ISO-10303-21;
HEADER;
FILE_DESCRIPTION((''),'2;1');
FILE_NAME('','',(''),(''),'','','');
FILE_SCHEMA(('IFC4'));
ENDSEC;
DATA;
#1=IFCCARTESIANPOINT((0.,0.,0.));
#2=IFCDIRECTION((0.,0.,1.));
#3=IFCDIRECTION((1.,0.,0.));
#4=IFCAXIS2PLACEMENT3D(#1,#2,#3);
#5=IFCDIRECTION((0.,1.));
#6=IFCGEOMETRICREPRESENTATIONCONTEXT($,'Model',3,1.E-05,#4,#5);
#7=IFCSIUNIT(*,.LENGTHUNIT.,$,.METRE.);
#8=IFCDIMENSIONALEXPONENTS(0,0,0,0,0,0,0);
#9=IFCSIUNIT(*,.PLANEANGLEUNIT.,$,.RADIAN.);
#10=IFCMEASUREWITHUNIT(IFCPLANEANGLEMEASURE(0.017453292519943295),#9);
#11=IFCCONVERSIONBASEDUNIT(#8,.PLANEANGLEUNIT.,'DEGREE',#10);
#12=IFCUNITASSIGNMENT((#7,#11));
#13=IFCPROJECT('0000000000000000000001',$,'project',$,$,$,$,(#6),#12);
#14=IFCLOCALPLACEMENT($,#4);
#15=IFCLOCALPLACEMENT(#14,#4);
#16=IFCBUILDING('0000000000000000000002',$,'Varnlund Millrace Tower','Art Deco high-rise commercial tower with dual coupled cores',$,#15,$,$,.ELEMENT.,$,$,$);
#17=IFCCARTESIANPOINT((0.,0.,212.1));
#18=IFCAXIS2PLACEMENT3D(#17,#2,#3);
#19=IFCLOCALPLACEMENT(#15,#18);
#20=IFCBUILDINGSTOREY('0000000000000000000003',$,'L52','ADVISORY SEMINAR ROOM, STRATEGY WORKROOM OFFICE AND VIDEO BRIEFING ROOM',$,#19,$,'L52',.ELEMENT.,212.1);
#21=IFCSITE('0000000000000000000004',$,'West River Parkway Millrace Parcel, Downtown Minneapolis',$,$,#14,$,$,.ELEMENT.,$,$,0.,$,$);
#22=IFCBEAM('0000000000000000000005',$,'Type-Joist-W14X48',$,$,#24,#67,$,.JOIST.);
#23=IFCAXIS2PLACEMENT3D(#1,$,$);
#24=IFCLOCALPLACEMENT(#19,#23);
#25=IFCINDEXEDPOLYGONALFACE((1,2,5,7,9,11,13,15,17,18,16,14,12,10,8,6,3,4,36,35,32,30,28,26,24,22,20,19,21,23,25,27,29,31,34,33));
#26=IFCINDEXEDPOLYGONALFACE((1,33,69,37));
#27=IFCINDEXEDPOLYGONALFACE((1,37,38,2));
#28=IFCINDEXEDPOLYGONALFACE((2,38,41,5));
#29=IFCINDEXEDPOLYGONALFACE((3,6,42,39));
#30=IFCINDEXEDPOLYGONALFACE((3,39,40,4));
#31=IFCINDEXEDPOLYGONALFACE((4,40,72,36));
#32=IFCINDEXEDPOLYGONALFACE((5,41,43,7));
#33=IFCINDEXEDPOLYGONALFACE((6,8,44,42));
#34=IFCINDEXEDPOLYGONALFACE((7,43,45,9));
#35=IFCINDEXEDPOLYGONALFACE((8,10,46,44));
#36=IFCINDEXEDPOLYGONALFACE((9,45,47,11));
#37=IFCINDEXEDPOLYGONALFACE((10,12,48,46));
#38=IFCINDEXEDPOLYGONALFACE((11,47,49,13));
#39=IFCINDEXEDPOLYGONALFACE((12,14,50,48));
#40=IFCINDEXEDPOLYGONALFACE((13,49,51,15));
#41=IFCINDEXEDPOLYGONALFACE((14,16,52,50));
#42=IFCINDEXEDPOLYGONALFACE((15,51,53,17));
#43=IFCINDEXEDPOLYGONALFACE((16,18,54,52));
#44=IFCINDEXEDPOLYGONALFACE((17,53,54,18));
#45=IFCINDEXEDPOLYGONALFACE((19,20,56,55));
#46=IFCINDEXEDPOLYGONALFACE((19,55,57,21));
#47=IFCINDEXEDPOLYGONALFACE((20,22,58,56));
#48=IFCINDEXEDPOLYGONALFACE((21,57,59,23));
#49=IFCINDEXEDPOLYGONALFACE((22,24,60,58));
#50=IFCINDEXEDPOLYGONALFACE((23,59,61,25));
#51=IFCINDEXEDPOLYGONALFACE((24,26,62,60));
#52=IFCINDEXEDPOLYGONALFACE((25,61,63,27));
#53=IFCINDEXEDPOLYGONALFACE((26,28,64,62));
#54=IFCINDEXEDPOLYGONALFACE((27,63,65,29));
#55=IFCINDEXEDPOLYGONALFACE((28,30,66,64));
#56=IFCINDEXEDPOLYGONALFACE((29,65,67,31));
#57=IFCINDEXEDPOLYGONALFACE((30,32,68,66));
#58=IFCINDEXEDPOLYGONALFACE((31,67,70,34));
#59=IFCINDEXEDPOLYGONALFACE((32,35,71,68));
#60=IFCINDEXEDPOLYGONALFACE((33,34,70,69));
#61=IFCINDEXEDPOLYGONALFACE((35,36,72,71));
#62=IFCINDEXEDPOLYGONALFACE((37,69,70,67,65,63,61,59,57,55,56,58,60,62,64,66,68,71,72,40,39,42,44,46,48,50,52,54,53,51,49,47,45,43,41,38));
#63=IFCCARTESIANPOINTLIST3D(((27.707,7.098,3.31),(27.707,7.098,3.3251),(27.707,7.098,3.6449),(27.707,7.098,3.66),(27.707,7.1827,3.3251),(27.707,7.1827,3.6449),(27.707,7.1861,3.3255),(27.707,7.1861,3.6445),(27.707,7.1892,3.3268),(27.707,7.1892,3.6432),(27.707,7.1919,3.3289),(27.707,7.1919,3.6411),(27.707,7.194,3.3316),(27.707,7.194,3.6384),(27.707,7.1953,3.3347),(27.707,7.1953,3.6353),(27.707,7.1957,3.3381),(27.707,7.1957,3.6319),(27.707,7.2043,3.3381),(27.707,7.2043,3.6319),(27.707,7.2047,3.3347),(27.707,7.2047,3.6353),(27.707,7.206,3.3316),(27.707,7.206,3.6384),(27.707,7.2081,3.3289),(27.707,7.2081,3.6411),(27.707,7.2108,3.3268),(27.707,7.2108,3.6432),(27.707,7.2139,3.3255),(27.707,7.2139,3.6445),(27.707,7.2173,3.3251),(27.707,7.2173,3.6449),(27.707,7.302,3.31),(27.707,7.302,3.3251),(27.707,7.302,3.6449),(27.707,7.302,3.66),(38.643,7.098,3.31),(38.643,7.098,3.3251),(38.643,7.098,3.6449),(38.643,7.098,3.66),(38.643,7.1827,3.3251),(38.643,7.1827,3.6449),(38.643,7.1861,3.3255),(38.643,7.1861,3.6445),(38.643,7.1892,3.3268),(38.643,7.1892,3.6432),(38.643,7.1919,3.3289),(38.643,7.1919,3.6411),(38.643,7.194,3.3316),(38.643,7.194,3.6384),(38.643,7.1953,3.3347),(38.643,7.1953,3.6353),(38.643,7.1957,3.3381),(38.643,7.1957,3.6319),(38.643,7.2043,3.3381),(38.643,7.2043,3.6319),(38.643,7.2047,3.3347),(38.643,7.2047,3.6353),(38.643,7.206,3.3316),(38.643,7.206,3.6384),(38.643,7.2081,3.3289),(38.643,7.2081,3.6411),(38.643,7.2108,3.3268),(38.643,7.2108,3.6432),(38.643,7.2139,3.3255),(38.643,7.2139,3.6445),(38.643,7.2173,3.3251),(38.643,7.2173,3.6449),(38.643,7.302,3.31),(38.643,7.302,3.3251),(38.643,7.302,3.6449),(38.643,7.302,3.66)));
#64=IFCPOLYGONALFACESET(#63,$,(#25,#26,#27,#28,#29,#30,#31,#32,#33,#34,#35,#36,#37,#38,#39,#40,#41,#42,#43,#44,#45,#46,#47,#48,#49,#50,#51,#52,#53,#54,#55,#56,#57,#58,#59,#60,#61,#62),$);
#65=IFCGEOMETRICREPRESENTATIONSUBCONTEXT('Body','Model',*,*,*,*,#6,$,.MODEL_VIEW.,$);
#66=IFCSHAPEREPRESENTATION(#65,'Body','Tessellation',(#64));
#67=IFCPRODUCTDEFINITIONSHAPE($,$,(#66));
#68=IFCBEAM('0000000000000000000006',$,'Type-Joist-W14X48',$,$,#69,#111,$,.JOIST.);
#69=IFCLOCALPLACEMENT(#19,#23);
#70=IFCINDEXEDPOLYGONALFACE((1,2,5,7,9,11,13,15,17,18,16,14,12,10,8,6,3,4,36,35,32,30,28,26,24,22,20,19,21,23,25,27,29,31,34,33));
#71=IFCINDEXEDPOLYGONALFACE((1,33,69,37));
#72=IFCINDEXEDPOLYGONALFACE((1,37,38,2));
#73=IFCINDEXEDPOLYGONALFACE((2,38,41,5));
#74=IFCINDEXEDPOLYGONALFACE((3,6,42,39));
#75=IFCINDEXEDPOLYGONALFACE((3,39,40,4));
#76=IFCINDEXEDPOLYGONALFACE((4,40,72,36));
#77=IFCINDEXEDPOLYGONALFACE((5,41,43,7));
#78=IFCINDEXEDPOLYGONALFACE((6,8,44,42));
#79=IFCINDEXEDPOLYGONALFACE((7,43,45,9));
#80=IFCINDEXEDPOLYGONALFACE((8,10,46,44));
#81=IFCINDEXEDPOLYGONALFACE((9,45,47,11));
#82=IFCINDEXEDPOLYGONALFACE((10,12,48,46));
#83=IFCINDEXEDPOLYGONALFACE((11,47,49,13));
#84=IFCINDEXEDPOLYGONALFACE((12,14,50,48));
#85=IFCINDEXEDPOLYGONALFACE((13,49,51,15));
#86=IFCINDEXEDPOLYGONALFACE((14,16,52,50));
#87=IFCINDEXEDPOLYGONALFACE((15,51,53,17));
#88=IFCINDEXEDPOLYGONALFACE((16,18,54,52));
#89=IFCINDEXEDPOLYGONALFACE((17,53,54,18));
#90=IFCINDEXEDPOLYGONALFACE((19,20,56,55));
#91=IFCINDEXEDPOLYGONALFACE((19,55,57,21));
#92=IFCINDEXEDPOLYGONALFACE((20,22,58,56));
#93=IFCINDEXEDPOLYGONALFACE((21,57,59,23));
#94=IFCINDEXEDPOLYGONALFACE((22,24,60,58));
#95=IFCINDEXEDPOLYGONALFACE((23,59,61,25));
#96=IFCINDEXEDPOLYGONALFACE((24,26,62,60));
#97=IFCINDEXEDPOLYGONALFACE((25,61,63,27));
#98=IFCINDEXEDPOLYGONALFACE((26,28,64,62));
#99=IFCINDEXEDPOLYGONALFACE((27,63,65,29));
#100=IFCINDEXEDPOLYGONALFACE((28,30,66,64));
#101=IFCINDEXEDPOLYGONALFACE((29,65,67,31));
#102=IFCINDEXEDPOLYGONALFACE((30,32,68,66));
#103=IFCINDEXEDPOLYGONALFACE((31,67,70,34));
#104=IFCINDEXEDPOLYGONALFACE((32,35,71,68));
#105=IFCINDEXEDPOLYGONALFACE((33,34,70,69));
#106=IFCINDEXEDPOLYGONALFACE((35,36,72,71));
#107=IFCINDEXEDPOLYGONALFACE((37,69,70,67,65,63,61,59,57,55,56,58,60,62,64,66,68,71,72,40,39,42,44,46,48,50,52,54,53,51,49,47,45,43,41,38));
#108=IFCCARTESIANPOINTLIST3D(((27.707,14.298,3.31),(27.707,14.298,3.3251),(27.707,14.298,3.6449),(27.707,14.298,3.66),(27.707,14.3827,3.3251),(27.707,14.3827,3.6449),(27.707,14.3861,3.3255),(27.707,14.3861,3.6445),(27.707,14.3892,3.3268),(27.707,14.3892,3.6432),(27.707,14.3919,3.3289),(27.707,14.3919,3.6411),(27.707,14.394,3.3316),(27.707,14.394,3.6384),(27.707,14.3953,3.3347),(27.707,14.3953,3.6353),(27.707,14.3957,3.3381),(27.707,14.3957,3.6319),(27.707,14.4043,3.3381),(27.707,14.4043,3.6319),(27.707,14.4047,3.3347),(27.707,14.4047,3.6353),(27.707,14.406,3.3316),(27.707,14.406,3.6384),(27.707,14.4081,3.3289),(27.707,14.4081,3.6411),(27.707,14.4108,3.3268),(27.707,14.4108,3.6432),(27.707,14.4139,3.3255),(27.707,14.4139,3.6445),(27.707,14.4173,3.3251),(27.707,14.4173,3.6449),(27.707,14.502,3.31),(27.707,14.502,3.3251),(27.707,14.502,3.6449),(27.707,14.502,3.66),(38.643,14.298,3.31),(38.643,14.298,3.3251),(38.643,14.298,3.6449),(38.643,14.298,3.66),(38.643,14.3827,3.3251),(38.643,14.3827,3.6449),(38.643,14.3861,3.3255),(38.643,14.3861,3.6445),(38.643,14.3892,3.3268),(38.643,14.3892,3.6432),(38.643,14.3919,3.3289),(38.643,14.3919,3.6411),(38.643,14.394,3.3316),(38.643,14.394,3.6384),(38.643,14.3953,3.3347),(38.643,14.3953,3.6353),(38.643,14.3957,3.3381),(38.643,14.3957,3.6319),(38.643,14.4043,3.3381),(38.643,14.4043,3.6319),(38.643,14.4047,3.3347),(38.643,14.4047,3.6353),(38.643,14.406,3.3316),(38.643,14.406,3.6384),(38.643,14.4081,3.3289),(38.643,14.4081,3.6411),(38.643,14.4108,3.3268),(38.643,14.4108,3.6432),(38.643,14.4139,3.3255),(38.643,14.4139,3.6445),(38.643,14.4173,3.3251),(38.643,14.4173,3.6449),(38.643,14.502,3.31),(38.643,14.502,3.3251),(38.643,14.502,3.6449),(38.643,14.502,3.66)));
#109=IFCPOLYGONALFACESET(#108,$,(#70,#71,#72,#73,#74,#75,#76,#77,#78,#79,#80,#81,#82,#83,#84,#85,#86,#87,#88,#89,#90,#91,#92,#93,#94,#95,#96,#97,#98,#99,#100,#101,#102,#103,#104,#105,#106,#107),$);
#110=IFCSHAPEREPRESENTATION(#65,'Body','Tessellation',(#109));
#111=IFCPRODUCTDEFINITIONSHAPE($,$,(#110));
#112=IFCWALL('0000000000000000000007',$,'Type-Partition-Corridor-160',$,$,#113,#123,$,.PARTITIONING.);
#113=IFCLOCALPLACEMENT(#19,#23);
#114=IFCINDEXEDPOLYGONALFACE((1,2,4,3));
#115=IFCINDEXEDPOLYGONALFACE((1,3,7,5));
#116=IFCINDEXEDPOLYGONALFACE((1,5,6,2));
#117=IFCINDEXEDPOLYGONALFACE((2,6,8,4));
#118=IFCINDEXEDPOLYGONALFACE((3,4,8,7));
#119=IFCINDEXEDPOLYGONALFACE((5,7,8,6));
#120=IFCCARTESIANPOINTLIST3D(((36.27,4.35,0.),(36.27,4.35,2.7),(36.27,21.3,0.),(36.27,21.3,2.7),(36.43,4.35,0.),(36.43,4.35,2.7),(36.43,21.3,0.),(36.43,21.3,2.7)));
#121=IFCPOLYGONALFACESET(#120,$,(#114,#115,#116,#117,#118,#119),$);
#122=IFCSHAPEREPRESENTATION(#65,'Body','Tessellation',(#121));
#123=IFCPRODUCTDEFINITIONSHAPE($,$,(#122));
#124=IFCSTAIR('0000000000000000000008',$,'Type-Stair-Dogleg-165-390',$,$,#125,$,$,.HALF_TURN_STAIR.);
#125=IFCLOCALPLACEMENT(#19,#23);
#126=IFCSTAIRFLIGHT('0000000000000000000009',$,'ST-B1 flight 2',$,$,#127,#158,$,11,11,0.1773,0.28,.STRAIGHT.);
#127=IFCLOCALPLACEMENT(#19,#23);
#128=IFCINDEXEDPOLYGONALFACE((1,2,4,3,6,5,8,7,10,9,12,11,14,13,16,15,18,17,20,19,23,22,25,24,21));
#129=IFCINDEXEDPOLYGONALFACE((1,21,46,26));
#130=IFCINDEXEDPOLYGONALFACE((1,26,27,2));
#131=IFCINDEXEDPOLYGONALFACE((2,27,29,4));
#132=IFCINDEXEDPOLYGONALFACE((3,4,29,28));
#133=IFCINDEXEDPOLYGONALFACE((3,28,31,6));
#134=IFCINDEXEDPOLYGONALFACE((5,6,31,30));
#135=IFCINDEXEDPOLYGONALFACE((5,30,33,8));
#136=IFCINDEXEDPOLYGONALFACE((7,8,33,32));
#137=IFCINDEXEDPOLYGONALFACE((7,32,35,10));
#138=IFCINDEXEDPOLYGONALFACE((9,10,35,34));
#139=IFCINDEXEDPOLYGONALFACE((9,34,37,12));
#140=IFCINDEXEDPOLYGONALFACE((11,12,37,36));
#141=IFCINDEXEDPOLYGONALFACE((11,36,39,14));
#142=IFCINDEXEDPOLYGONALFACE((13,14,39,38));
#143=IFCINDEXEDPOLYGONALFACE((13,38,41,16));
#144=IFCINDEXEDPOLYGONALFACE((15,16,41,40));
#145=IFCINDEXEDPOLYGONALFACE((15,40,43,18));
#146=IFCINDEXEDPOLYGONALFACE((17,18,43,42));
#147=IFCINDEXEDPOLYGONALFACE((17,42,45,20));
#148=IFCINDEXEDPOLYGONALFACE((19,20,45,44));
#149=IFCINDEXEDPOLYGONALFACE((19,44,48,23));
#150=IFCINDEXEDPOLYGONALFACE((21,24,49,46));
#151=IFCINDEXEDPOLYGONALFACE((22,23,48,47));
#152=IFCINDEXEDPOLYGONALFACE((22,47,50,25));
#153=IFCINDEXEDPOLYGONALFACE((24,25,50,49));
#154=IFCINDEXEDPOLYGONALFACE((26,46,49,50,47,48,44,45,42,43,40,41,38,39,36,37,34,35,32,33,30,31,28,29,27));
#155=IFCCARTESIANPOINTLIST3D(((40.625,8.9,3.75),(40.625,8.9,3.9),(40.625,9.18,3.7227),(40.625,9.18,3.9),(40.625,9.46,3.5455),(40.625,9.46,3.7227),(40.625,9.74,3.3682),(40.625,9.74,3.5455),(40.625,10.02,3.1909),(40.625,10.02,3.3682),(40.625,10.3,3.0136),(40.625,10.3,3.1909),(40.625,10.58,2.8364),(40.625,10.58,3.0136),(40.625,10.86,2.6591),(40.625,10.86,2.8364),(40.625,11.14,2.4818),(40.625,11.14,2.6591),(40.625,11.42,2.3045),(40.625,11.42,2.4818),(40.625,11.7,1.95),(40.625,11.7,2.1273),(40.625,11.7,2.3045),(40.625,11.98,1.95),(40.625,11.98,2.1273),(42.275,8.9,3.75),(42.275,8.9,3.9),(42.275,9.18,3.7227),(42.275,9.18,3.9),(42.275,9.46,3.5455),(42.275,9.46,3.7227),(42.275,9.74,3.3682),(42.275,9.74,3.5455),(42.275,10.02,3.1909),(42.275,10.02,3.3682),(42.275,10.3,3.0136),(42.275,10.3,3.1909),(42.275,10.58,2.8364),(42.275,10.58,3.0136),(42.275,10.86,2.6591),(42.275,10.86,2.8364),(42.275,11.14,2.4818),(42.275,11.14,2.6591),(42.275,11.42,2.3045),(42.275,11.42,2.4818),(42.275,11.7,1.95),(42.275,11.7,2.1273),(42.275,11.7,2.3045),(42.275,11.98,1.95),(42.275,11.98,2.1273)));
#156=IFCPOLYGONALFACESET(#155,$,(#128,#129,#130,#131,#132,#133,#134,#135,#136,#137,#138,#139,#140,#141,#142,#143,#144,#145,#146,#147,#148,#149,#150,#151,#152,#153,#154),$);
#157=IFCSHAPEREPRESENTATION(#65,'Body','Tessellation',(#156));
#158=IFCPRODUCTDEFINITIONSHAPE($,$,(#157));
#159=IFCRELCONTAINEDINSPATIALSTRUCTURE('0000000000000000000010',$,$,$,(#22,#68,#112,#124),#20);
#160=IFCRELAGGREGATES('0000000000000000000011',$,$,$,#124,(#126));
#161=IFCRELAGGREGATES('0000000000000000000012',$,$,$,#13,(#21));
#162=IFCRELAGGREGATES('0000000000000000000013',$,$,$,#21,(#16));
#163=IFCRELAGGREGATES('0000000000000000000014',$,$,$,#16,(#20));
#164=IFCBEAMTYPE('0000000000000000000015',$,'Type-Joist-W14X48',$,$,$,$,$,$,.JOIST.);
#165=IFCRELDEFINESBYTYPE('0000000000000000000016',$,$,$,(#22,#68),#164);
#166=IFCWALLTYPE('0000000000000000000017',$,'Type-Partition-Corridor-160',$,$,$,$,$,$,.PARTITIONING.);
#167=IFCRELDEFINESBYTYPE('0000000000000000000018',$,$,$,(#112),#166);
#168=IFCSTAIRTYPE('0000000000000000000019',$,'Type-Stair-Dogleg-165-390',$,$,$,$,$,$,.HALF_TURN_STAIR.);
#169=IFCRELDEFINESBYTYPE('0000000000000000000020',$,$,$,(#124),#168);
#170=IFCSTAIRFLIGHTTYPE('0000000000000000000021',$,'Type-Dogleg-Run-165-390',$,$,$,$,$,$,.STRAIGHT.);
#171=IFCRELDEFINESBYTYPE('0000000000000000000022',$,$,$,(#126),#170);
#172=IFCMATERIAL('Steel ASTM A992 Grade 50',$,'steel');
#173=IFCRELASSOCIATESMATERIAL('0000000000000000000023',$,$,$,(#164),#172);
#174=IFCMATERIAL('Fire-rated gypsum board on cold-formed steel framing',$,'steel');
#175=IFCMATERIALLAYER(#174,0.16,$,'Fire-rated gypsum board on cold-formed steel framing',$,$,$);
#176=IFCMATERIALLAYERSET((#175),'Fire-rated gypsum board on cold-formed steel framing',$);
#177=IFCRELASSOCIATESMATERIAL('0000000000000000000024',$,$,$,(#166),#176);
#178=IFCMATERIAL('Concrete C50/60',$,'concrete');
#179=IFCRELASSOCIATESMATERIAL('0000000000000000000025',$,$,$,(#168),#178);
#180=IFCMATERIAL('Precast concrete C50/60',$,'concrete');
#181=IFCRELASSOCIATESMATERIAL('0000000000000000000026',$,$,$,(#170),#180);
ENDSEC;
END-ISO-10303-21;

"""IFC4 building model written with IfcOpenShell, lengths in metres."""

from ifc_helpers import new_model, entity, si_unit, converted_unit, direction, frame, origin_with_axes, origin_2d_with_axis, place, context, subcontext, project, spatial, polyline, i_section, outline, extrude, material, layer, layer_set, material_profile, profile_set, type_object, element, aggregate, save


model = new_model("IFC4")

# Units and contexts
model_context = context("Model", 3, precision=1e-05, world=origin_with_axes(), true_north=direction((0.0, 1.0)))
body_context = subcontext(model_context, "Body", "Model", "MODEL_VIEW")
ifc_project = project(units=[si_unit("LENGTHUNIT", "METRE"), converted_unit("PLANEANGLEUNIT", "DEGREE", entity("IfcPlaneAngleMeasure", 0.017453292519943295), si_unit("PLANEANGLEUNIT", "RADIAN"), dimensions=[0, 0, 0, 0, 0, 0, 0])], contexts=[model_context])

# Site, building, storey
site_placement = place(None, origin_with_axes())
site = spatial("IfcSite", under=ifc_project, at=site_placement, Name="West River Parkway Millrace Parcel, Downtown Minneapolis", CompositionType="ELEMENT", RefElevation=0.0)
building_placement = place(site_placement, origin_with_axes())
building = spatial("IfcBuilding", under=site, at=building_placement, Name="Varnlund Millrace Tower", Description="Art Deco high-rise commercial tower with dual coupled cores", CompositionType="ELEMENT")
storey_placement = place(building_placement, frame((0.0, 0.0, 212.1), z_axis=(0.0, 0.0, 1.0), x_axis=(1.0, 0.0, 0.0)))
storey = spatial("IfcBuildingStorey", under=building, at=storey_placement, Name="L52", Description="ADVISORY SEMINAR ROOM, STRATEGY WORKROOM OFFICE AND VIDEO BRIEFING ROOM", LongName="L52", CompositionType="ELEMENT", Elevation=212.1)

# Beams
ifc_material_1 = material(Name="Steel ASTM A992 Grade 50", Category="steel")
ifc_material_profile_1 = material_profile(ifc_material_1, i_section(OverallWidth=0.204, OverallDepth=0.35, WebThickness=0.0086, FlangeThickness=0.0151, FilletRadius=0.013, at=origin_2d_with_axis()), Name="Steel ASTM A992 Grade 50")
ifc_profile_set_1 = profile_set([ifc_material_profile_1], Name="Steel ASTM A992 Grade 50")
beam_type_1 = type_object("IfcBeamType", Name="Type-Joist-W14X48", PredefinedType="JOIST", material=ifc_profile_set_1)
for number, where, z_axis, x_axis, name in (
    (1, (27.707, 7.2, 3.485), (1.0, 0.0, 0.0), (0.0, 1.0, 0.0), "Type-Joist-W14X48"),
    (2, (27.707, 14.4, 3.485), (1.0, 0.0, 0.0), (0.0, 1.0, 0.0), "Type-Joist-W14X48"),
):
    element("IfcBeam", number, at=place(storey_placement, frame(where, z_axis=z_axis, x_axis=x_axis)), inside=storey, type_object=beam_type_1, Name=name, PredefinedType="JOIST", context=body_context, shape_type="SweptSolid", body=[
        extrude(i_section(OverallWidth=0.204, OverallDepth=0.35, WebThickness=0.0086, FlangeThickness=0.0151, FilletRadius=0.013, at=origin_2d_with_axis()), origin_with_axes(), (0.0, 0.0, 1.0), 10.936),
    ])

# Wall
ifc_material_2 = material(Name="Fire-rated gypsum board on cold-formed steel framing", Category="steel")
ifc_layer = layer(ifc_material_2, 0.16, Name="Fire-rated gypsum board on cold-formed steel framing")
ifc_layer_set = layer_set([ifc_layer], Name="Fire-rated gypsum board on cold-formed steel framing")
wall_type = type_object("IfcWallType", Name="Type-Partition-Corridor-160", PredefinedType="PARTITIONING", material=ifc_layer_set)
wall_placement = place(storey_placement, frame((36.35, 4.35, 0.0), z_axis=(0.0, 0.0, 1.0), x_axis=(0.0, 1.0, 0.0)))
element("IfcWall", 3, at=wall_placement, inside=storey, type_object=wall_type, Name="Type-Partition-Corridor-160", PredefinedType="PARTITIONING", context=body_context, shape_type="SweptSolid", body=[
    extrude(outline(polyline([(0.0, -0.08), (16.95, -0.08), (16.95, 0.08), (0.0, 0.08), (0.0, -0.08)])), origin_with_axes(), (0.0, 0.0, 1.0), 2.7),
])

# Stair, stair flight
ifc_material_3 = material(Name="Concrete C50/60", Category="concrete")
stair_type = type_object("IfcStairType", Name="Type-Stair-Dogleg-165-390", PredefinedType="HALF_TURN_STAIR", material=ifc_material_3)
stair_placement = place(storey_placement, origin_with_axes())
stair = element("IfcStair", 4, at=stair_placement, inside=storey, type_object=stair_type, Name="Type-Stair-Dogleg-165-390", PredefinedType="HALF_TURN_STAIR")
ifc_material_4 = material(Name="Precast concrete C50/60", Category="concrete")
stair_flight_type = type_object("IfcStairFlightType", Name="Type-Dogleg-Run-165-390", PredefinedType="STRAIGHT", material=ifc_material_4)
stair_flight_placement = place(storey_placement, frame((42.275, 11.98, 1.95), z_axis=(-1.0, 0.0, 0.0), x_axis=(0.0, -1.0, 0.0)))
stair_flight = element("IfcStairFlight", 5, at=stair_flight_placement, type_object=stair_flight_type, Name="ST-B1 flight 2", NumberOfRisers=11, NumberOfTreads=11, PredefinedType="STRAIGHT", RiserHeight=0.1773, TreadLength=0.28, context=body_context, shape_type="SweptSolid", body=[
    extrude(outline(polyline([(0.0, 0.0), (0.0, 0.1773), (0.28, 0.1773), (0.28, 0.3545), (0.56, 0.3545), (0.56, 0.5318), (0.84, 0.5318), (0.84, 0.7091), (1.12, 0.7091), (1.12, 0.8864), (1.4, 0.8864), (1.4, 1.0636), (1.68, 1.0636), (1.68, 1.2409), (1.96, 1.2409), (1.96, 1.4182), (2.24, 1.4182), (2.24, 1.5955), (2.52, 1.5955), (2.52, 1.7727), (2.8, 1.7727), (2.8, 1.95), (3.08, 1.95), (3.08, 1.8), (0.28, 0.0), (0.0, 0.0)])), origin_with_axes(), (0.0, 0.0, 1.0), 1.65),
])
aggregate(stair, [stair_flight])

save(model, "model.ifc")
